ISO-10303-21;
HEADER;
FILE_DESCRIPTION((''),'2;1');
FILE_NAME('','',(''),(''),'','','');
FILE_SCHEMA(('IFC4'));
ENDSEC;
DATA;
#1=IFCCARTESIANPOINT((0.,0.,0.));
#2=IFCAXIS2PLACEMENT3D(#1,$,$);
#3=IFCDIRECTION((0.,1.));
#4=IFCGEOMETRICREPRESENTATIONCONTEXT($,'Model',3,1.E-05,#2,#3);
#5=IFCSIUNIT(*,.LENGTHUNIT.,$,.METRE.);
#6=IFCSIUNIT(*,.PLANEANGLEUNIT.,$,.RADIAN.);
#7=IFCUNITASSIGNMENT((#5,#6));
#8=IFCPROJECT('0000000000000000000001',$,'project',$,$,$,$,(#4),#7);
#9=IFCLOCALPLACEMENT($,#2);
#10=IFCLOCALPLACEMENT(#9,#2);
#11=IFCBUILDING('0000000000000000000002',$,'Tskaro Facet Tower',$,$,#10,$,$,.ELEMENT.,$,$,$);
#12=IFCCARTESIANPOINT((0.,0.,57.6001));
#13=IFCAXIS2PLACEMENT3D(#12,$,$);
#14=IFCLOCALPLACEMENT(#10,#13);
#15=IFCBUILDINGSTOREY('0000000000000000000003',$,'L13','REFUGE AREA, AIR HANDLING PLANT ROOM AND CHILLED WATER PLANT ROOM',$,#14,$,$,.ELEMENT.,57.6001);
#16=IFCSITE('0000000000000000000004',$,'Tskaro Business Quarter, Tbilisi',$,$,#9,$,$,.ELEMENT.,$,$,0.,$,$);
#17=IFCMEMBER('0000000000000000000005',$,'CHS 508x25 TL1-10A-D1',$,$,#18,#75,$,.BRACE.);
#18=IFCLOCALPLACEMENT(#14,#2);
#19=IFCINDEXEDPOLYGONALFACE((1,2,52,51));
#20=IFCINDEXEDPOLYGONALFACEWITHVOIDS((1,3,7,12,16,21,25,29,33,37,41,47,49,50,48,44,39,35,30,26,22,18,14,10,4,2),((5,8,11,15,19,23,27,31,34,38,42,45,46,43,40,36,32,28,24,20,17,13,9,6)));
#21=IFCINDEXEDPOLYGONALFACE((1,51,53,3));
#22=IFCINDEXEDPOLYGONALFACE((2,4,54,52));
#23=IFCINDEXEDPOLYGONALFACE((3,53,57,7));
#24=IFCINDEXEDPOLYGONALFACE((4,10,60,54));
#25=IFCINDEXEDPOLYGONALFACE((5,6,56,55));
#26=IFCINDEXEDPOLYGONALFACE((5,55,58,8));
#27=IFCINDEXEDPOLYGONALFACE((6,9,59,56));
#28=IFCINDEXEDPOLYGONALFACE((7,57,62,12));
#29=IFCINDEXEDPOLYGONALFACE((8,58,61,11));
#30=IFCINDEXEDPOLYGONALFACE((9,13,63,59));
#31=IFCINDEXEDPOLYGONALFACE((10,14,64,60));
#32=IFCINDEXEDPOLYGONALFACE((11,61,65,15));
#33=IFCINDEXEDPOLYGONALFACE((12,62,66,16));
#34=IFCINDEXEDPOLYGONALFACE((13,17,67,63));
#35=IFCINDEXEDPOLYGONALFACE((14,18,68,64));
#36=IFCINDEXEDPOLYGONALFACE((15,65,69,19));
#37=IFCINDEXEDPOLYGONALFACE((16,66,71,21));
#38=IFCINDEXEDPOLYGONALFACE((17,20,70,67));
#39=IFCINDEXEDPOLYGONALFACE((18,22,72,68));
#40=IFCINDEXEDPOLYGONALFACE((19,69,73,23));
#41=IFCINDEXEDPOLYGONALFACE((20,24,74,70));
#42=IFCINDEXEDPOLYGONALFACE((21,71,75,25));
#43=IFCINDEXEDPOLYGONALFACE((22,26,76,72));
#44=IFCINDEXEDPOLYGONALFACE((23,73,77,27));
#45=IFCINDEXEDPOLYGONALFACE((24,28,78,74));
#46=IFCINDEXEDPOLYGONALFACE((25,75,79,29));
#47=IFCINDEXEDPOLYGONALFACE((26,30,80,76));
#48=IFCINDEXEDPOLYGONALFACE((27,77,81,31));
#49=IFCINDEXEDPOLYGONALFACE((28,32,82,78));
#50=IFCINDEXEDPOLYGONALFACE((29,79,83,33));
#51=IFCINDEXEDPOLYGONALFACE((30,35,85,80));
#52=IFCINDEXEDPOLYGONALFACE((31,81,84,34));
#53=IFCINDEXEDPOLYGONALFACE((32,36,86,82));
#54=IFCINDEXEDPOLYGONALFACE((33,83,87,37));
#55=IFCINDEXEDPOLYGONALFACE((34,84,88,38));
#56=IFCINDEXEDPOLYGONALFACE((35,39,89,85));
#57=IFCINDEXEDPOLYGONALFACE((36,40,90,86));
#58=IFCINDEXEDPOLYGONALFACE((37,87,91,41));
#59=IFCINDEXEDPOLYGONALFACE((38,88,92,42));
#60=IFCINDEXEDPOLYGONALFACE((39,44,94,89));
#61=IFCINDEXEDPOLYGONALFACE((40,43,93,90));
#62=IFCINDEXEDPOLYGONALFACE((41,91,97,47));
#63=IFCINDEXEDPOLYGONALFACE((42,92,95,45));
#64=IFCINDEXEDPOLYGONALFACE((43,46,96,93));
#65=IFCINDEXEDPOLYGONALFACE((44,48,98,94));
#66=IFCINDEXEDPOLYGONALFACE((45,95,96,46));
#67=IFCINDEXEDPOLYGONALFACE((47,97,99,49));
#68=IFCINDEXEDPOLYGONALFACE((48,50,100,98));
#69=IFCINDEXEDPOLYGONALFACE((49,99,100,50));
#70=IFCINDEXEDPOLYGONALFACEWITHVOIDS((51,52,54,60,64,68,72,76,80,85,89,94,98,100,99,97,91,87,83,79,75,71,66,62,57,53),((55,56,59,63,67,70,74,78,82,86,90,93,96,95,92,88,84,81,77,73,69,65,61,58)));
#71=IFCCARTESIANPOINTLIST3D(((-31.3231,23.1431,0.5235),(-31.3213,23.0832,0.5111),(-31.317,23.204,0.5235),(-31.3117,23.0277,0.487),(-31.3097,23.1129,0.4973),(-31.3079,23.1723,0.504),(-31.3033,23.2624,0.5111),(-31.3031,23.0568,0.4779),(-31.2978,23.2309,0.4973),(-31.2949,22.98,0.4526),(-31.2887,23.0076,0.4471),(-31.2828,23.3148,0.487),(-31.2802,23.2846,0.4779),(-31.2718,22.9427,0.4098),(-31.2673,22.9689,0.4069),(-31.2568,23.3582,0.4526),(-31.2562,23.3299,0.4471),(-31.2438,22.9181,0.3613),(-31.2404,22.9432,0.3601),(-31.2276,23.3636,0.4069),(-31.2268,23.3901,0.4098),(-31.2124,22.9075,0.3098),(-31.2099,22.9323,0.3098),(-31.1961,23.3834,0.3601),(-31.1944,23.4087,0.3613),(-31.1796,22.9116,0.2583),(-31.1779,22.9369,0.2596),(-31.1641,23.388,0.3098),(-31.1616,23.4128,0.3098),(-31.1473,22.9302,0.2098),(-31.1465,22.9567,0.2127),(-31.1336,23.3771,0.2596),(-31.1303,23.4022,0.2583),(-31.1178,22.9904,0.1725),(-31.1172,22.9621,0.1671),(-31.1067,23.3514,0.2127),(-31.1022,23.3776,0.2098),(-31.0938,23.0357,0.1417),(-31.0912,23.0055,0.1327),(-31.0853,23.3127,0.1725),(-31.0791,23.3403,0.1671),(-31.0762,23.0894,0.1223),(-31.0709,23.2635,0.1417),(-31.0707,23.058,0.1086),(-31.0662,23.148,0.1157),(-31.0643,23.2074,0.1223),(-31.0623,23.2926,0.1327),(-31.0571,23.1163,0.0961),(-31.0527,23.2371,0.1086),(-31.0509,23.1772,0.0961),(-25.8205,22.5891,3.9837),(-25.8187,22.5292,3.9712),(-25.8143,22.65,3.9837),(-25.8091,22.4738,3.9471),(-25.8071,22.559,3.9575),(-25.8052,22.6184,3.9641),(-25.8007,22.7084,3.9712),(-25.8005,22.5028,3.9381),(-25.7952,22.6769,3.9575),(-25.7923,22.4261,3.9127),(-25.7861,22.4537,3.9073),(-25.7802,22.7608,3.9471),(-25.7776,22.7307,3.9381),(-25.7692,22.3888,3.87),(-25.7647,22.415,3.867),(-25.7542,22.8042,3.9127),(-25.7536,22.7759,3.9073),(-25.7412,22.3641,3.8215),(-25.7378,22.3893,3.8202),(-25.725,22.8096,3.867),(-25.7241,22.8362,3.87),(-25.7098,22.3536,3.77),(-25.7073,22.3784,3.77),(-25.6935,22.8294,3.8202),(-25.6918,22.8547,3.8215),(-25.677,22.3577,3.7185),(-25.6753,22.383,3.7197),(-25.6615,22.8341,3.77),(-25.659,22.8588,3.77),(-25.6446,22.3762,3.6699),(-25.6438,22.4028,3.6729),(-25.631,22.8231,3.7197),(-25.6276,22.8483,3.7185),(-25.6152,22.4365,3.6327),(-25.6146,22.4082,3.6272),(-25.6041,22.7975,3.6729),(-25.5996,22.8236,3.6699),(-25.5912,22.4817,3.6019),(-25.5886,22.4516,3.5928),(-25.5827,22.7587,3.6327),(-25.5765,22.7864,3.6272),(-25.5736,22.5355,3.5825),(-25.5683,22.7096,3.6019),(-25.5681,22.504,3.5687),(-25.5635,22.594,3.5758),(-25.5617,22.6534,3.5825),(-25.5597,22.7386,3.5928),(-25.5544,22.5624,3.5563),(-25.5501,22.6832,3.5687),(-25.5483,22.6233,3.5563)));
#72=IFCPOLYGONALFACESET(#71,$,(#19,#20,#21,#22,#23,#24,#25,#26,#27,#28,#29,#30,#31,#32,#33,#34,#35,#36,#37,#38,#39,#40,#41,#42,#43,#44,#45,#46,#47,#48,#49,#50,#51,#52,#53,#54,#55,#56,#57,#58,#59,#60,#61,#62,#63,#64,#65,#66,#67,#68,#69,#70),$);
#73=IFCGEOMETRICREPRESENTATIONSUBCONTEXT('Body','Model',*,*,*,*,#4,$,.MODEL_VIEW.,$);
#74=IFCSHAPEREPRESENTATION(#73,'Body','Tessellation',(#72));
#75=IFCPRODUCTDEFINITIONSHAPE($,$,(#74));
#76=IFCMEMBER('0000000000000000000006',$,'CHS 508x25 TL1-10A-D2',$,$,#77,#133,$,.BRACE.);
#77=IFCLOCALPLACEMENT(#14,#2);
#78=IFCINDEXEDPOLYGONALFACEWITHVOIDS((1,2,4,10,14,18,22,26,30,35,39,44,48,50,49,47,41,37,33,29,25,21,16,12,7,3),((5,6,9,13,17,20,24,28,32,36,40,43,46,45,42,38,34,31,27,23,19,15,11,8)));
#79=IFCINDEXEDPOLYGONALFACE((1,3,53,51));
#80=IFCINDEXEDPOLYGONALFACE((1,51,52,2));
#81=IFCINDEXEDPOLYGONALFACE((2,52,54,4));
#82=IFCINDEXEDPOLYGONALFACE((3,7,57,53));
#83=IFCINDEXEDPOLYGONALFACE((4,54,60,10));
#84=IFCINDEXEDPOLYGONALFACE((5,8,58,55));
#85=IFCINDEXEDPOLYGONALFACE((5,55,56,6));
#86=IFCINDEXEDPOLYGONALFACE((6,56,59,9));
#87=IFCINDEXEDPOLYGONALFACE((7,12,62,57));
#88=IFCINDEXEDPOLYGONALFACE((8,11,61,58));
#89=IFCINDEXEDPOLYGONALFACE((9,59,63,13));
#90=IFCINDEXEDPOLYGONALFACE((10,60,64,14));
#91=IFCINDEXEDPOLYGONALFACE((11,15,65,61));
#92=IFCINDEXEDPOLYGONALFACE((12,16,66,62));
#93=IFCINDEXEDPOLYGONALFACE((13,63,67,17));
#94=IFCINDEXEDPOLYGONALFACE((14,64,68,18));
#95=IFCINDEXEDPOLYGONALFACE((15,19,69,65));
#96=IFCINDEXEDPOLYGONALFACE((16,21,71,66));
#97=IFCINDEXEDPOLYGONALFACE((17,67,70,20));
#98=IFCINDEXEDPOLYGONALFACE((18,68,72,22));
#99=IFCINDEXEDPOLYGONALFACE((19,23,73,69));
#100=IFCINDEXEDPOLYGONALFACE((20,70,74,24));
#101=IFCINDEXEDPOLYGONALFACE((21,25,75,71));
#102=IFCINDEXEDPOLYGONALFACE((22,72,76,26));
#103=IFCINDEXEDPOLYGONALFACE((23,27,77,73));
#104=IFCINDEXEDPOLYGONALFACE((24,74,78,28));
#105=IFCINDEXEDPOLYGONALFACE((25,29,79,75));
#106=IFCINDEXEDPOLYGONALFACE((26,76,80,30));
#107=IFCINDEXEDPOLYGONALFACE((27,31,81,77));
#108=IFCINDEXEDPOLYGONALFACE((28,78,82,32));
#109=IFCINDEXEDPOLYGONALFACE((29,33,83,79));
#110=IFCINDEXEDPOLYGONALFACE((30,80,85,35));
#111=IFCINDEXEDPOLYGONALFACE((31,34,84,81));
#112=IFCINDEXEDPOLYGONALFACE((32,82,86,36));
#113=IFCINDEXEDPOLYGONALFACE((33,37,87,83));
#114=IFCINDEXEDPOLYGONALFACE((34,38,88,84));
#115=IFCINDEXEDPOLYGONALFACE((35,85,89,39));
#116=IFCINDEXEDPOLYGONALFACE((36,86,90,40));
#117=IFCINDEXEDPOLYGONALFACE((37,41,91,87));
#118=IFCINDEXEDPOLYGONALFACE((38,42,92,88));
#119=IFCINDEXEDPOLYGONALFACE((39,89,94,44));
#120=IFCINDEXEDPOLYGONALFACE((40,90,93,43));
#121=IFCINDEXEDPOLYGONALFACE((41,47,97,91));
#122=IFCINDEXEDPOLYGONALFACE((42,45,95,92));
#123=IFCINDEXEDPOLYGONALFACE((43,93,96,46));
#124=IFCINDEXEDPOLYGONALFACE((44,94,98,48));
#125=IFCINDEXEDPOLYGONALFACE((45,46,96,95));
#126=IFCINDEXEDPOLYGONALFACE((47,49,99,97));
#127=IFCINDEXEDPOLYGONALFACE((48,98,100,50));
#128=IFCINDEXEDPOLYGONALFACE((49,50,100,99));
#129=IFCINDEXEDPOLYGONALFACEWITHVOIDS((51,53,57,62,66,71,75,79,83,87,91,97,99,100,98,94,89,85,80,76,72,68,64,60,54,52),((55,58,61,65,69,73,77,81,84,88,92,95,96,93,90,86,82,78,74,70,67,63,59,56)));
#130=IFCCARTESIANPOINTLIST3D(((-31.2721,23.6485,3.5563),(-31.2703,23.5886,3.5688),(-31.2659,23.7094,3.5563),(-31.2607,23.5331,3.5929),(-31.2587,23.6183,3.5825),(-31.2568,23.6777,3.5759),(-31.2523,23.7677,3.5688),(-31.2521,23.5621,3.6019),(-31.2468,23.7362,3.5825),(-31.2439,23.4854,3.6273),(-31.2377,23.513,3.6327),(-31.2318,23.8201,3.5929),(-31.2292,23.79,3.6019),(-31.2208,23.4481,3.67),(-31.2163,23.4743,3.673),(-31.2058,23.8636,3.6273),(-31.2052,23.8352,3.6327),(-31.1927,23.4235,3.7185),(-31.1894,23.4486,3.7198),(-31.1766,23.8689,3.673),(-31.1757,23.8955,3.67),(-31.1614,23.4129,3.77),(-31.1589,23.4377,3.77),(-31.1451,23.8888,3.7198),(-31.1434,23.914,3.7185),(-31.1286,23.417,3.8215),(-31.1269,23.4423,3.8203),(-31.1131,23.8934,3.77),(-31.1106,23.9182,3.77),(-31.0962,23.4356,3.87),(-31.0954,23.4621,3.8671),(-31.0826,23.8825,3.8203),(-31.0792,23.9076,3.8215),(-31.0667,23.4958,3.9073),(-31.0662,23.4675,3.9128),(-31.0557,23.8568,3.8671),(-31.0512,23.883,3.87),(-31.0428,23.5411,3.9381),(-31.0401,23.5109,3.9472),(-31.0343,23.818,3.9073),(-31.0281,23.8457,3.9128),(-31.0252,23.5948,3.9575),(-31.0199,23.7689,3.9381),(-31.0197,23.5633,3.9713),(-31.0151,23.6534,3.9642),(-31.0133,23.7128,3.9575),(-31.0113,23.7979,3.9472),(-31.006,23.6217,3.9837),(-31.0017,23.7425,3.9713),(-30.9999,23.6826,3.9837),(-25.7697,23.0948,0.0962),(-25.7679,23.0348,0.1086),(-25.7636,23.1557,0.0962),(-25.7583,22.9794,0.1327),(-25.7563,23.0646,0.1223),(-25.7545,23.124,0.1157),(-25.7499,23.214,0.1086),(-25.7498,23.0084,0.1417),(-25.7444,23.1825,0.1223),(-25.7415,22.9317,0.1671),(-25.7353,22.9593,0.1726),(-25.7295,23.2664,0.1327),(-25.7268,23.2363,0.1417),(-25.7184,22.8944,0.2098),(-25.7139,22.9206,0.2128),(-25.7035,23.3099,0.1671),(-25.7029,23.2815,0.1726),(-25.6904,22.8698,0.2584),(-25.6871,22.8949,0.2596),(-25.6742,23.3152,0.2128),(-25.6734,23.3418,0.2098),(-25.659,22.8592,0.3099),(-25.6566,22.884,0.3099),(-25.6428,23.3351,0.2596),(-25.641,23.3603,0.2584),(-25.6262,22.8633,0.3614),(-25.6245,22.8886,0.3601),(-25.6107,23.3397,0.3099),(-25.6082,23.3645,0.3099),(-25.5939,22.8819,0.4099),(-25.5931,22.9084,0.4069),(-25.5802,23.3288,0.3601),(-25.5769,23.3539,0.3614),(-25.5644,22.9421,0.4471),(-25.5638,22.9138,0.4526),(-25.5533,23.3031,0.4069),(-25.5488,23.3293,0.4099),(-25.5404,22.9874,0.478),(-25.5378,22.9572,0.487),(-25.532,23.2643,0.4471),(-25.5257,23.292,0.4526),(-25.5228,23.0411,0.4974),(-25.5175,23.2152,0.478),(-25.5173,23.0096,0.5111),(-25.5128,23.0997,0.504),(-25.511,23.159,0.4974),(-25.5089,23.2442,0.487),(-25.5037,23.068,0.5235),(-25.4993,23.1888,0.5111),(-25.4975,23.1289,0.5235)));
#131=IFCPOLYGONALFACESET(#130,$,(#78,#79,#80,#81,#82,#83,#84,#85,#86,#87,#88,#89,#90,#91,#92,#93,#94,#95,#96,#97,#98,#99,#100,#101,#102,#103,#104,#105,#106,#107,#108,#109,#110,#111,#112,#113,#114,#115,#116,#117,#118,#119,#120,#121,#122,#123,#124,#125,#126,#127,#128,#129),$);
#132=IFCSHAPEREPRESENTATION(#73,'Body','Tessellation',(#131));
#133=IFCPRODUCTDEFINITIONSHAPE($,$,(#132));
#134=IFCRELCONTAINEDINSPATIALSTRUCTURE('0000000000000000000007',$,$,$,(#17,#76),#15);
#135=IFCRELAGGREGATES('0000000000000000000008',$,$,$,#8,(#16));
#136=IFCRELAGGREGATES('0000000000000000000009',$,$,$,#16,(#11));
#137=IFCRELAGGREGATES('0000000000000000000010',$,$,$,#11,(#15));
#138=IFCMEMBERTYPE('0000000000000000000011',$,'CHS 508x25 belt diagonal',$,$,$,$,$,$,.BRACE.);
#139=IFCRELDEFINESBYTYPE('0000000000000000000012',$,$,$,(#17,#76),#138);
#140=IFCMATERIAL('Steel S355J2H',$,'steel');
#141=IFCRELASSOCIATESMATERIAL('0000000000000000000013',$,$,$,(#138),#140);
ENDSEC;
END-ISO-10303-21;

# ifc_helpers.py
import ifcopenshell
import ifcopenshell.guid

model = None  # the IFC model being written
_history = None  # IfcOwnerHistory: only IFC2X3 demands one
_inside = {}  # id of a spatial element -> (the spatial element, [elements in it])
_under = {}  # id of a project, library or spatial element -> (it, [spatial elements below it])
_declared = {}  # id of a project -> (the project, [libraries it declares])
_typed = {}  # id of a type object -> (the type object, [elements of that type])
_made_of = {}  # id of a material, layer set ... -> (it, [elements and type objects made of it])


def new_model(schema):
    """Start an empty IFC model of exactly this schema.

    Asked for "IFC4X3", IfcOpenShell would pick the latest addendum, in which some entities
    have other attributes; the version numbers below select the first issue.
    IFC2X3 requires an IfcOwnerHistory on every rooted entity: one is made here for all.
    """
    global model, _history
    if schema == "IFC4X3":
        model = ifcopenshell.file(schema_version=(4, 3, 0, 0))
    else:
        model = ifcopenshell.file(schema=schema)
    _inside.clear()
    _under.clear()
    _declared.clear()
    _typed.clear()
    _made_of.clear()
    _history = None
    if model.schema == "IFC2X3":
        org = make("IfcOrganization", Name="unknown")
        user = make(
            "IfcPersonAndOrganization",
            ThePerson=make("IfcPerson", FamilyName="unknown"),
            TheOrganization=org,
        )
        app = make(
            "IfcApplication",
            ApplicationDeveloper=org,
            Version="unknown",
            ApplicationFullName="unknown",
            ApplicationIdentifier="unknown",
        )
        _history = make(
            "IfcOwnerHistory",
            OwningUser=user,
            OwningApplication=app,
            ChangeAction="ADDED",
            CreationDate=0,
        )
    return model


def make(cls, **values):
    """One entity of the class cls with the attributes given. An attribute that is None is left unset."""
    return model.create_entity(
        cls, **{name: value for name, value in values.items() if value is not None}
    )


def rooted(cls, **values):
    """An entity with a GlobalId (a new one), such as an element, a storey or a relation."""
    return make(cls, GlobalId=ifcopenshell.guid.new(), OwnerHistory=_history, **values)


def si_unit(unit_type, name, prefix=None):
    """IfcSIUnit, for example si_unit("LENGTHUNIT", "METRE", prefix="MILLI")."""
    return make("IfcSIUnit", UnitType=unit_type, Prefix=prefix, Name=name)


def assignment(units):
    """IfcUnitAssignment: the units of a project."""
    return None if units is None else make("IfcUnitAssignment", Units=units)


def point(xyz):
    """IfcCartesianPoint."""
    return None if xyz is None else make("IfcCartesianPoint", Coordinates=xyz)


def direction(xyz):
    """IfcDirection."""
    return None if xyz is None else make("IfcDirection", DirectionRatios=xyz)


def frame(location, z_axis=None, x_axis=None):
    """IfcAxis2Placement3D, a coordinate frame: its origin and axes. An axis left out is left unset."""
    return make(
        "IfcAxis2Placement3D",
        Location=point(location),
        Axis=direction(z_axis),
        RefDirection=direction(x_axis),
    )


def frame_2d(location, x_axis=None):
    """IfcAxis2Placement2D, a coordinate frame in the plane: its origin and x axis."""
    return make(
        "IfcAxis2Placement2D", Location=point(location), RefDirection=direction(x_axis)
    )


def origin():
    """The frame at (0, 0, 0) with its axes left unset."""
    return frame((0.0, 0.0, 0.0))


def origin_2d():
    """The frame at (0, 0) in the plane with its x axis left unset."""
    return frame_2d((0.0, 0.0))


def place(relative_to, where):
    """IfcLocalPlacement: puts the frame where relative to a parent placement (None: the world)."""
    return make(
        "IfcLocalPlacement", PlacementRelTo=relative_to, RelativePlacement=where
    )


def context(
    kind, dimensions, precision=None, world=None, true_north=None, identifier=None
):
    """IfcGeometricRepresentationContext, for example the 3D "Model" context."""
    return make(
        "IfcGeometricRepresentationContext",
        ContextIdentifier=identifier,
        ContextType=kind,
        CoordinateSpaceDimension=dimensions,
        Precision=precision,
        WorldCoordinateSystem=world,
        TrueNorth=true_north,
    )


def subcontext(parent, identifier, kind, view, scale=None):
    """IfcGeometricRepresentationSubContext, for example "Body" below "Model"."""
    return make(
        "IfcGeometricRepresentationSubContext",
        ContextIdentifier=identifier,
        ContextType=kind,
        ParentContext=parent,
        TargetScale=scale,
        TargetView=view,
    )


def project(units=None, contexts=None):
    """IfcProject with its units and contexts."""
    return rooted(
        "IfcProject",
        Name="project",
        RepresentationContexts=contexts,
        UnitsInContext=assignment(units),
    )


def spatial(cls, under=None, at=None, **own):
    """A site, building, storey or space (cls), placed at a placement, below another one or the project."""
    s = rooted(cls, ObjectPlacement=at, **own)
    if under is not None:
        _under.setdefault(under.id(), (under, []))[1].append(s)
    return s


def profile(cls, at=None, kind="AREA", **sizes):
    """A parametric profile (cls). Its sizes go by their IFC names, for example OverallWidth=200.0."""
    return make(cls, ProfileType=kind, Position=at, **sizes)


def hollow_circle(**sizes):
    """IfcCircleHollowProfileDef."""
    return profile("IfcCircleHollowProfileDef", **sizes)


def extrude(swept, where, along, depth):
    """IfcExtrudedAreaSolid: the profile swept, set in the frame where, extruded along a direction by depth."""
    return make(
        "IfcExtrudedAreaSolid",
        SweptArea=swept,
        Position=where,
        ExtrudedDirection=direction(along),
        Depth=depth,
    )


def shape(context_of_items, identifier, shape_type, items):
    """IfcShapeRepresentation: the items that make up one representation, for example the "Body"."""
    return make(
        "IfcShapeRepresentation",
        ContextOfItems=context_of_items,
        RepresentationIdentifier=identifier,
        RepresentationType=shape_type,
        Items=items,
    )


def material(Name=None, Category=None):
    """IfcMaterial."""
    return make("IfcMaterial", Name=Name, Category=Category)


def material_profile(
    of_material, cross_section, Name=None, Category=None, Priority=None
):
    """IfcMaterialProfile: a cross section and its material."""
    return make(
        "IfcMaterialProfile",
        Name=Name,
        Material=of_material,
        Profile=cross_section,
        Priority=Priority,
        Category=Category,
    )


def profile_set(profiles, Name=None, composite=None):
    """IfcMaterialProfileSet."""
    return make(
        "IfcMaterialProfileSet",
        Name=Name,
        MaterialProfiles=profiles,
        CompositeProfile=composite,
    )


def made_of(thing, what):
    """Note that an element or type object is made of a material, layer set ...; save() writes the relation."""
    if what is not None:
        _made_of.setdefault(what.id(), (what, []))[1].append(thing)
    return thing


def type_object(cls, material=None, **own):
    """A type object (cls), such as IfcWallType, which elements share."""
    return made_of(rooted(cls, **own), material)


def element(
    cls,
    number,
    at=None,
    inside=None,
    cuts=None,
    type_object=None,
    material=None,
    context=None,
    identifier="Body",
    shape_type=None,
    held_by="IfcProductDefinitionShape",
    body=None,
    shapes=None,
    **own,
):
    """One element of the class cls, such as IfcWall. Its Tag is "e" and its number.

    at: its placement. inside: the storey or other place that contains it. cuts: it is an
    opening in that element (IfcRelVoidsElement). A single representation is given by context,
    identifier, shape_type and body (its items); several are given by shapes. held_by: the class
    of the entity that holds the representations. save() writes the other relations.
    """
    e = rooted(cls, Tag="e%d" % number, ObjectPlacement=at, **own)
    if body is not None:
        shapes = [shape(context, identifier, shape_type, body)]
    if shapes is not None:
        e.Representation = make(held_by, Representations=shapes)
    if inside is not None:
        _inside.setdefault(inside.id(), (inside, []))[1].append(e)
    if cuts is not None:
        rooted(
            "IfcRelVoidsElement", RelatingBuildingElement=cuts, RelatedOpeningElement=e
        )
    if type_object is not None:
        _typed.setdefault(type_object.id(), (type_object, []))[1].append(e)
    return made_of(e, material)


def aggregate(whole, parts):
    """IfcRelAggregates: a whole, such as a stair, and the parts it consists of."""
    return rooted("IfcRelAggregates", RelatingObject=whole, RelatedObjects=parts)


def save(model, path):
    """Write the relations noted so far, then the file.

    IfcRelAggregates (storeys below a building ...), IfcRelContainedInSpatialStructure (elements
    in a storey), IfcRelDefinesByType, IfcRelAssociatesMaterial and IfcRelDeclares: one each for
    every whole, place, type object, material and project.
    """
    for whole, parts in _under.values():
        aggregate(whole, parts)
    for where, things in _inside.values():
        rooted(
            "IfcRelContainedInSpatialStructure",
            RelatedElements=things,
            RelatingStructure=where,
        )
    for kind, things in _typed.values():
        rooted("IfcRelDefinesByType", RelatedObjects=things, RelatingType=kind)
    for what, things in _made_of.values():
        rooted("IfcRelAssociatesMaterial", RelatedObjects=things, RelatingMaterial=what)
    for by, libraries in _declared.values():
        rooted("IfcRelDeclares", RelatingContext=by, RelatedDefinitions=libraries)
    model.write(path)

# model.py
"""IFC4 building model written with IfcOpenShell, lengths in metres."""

from ifc_helpers import new_model, si_unit, direction, frame, origin, origin_2d, place, context, subcontext, project, spatial, hollow_circle, extrude, material, material_profile, profile_set, type_object, element, save


model = new_model("IFC4")

# Units and contexts
model_context = context("Model", 3, precision=1e-05, world=origin(), true_north=direction((0.0, 1.0)))
body_context = subcontext(model_context, "Body", "Model", "MODEL_VIEW")
ifc_project = project(units=[si_unit("LENGTHUNIT", "METRE"), si_unit("PLANEANGLEUNIT", "RADIAN")], contexts=[model_context])

# Site, building, storey
site_placement = place(None, origin())
site = spatial("IfcSite", under=ifc_project, at=site_placement, Name="Tskaro Business Quarter, Tbilisi", CompositionType="ELEMENT", RefElevation=0.0)
building_placement = place(site_placement, origin())
building = spatial("IfcBuilding", under=site, at=building_placement, Name="Tskaro Facet Tower", CompositionType="ELEMENT")
storey_placement = place(building_placement, frame((0.0, 0.0, 57.6001)))
storey = spatial("IfcBuildingStorey", under=building, at=storey_placement, Name="L13", Description="REFUGE AREA, AIR HANDLING PLANT ROOM AND CHILLED WATER PLANT ROOM", CompositionType="ELEMENT", Elevation=57.6001)

# Shared definitions
ifc_material_1 = material(Name="Steel S355J2H", Category="steel")

# Members
ifc_material_profile_1 = material_profile(ifc_material_1, hollow_circle(Radius=0.2539, WallThickness=0.0249, at=origin_2d()), Name="CHS 508x25")
ifc_profile_set_1 = profile_set([ifc_material_profile_1], Name="Steel S355J2H")
member_type_1 = type_object("IfcMemberType", Name="CHS 508x25 belt diagonal", PredefinedType="BRACE", material=ifc_profile_set_1)
member_1_placement = place(storey_placement, frame((-31.187, 23.1602, 0.3098), z_axis=(0.843484, -0.084913, 0.5304), x_axis=(0.100164, 0.994971, 0.0)))
element("IfcMember", 1, at=member_1_placement, inside=storey, type_object=member_type_1, Name="CHS 508x25 TL1-10A-D1", PredefinedType="BRACE", context=body_context, shape_type="SweptSolid", body=[
    extrude(hollow_circle(Radius=0.2539, WallThickness=0.0249, at=origin_2d()), origin(), (0.0, 0.0, 1.0), 6.5237),
])
member_2_placement = place(storey_placement, frame((-31.136, 23.6655, 3.77), z_axis=(0.843476, -0.084879, -0.530419), x_axis=(0.100124, 0.994975, 0.0)))
element("IfcMember", 2, at=member_2_placement, inside=storey, type_object=member_type_1, Name="CHS 508x25 TL1-10A-D2", PredefinedType="BRACE", context=body_context, shape_type="SweptSolid", body=[
    extrude(hollow_circle(Radius=0.2539, WallThickness=0.0249, at=origin_2d()), origin(), (0.0, 0.0, 1.0), 6.5234),
])

save(model, "model.ifc")
